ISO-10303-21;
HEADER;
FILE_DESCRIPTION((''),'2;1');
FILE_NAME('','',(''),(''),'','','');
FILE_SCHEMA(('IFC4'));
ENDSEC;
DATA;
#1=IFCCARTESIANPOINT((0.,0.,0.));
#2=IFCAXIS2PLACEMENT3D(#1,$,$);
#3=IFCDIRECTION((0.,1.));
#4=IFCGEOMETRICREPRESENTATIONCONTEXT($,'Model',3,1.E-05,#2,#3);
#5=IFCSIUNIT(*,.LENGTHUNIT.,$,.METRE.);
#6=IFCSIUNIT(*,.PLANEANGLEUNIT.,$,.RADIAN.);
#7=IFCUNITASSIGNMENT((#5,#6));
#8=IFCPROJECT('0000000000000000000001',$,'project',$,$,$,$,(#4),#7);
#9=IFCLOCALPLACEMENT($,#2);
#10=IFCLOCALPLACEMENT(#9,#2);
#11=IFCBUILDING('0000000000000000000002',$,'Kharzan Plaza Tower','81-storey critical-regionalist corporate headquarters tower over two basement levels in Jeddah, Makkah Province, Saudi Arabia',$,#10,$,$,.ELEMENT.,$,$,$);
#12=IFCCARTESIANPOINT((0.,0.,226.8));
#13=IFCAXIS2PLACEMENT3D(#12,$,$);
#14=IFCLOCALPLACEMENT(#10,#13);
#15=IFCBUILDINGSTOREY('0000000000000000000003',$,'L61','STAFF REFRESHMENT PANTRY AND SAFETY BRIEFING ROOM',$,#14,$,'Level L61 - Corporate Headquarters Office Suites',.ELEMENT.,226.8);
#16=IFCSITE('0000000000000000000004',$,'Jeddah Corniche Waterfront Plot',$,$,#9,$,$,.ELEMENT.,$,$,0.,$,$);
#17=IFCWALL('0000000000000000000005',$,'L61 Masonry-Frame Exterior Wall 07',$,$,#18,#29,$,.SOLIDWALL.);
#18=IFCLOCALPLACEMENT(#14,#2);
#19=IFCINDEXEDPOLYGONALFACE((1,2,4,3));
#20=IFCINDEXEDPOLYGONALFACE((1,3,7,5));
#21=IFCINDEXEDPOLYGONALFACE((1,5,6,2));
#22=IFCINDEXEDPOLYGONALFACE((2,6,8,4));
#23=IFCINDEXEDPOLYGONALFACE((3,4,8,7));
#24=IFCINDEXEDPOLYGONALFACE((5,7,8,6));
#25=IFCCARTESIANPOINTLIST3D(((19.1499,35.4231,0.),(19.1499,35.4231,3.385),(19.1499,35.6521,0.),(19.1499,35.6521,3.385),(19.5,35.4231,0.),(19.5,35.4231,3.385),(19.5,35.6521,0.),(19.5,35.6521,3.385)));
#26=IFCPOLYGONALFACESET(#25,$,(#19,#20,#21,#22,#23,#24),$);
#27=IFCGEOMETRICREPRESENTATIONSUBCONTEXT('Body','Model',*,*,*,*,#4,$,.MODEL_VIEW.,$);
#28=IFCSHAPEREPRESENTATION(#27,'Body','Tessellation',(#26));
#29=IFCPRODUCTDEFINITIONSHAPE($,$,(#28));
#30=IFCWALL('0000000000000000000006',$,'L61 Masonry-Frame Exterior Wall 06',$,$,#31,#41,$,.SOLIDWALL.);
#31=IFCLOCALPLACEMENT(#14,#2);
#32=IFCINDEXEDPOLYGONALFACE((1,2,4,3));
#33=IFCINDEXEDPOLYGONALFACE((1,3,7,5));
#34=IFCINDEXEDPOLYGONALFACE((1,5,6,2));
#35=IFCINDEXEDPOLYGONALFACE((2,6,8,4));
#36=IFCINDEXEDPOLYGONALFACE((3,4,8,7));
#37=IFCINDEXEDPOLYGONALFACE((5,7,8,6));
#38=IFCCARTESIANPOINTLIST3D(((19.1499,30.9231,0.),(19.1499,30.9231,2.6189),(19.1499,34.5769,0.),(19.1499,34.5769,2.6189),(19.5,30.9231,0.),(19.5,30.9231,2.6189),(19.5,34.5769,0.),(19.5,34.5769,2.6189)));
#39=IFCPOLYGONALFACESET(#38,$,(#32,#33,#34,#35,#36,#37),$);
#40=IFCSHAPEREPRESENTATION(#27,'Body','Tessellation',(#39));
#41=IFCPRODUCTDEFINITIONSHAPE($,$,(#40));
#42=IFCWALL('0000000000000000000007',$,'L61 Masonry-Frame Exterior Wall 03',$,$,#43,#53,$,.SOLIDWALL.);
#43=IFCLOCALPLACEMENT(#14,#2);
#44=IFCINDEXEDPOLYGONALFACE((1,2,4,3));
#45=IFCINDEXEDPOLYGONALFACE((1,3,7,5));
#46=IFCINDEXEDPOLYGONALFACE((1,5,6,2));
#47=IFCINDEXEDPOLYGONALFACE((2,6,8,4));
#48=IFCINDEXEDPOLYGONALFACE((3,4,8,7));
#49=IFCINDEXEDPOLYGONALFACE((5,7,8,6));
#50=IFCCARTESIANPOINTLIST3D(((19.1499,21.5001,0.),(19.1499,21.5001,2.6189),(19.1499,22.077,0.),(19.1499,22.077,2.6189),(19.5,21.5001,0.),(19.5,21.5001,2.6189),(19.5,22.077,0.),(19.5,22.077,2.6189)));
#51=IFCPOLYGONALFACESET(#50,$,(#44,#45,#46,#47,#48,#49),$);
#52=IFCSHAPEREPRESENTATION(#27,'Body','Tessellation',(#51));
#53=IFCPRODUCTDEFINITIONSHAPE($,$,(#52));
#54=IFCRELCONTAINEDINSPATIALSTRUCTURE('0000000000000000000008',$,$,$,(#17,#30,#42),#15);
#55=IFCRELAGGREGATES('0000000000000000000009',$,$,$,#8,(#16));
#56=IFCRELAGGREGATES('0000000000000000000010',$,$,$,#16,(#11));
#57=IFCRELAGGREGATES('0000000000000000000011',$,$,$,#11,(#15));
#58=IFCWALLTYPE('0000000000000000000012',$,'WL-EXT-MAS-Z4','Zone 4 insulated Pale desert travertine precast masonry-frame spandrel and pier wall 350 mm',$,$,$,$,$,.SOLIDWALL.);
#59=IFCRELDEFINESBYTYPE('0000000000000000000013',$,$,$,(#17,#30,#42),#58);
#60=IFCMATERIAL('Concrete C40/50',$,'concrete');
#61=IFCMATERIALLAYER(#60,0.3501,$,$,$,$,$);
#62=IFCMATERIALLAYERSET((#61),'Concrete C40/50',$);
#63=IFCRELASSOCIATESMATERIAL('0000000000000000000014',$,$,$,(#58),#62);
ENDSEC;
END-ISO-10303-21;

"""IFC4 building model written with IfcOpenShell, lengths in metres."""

from ifc_helpers import new_model, si_unit, direction, frame, frame_2d, origin, place, context, subcontext, project, spatial, rectangle, extrude, source, transform, mapped, material, layer, layer_set, type_object, element, save


model = new_model("IFC4")

# Units and contexts
model_context = context("Model", 3, precision=1e-05, world=origin(), true_north=direction((0.0, 1.0)))
body_context = subcontext(model_context, "Body", "Model", "MODEL_VIEW")
ifc_project = project(units=[si_unit("LENGTHUNIT", "METRE"), si_unit("PLANEANGLEUNIT", "RADIAN")], contexts=[model_context])

# Site, building, storey
site_placement = place(None, origin())
site = spatial("IfcSite", under=ifc_project, at=site_placement, Name="Jeddah Corniche Waterfront Plot", CompositionType="ELEMENT", RefElevation=0.0)
building_placement = place(site_placement, origin())
building = spatial("IfcBuilding", under=site, at=building_placement, Name="Kharzan Plaza Tower", Description="81-storey critical-regionalist corporate headquarters tower over two basement levels in Jeddah, Makkah Province, Saudi Arabia", CompositionType="ELEMENT")
storey_placement = place(building_placement, frame((0.0, 0.0, 226.8)))
storey = spatial("IfcBuildingStorey", under=building, at=storey_placement, Name="L61", Description="STAFF REFRESHMENT PANTRY AND SAFETY BRIEFING ROOM", LongName="Level L61 - Corporate Headquarters Office Suites", CompositionType="ELEMENT", Elevation=226.8)

# Shared definitions
ifc_material_1 = material(Name="Concrete C40/50", Category="concrete")
ifc_layer_1 = layer(ifc_material_1, 0.3501)
ifc_layer_set_1 = layer_set([ifc_layer_1], Name="Concrete C40/50")
wall_type_1 = type_object("IfcWallType", Name="WL-EXT-MAS-Z4", Description="Zone 4 insulated Pale desert travertine precast masonry-frame spandrel and pier wall 350 mm", PredefinedType="SOLIDWALL", material=ifc_layer_set_1)

# Walls
shared_shape_1 = source(origin(), body_context, "Body", "SweptSolid", [
    extrude(rectangle(XDim=0.229, YDim=0.3501, at=frame_2d((0.1145, 0.0))), origin(), (0.0, 0.0, 1.0), 3.385),
])
wall_1_placement = place(storey_placement, frame((19.325, 35.4231, 0.0), z_axis=(0.0, 0.0, 1.0), x_axis=(0.0, 1.0, 0.0)))
element("IfcWall", 1, at=wall_1_placement, inside=storey, type_object=wall_type_1, Name="L61 Masonry-Frame Exterior Wall 07", PredefinedType="SOLIDWALL", context=body_context, shape_type="MappedRepresentation", body=[
    mapped(shared_shape_1, transform((0.0, 0.0, 0.0), x_axis=(1.0, 0.0, 0.0), y_axis=(0.0, 1.0, 0.0), z_axis=(0.0, 0.0, 1.0))),
])
shared_shape_2 = source(origin(), body_context, "Body", "SweptSolid", [
    extrude(rectangle(XDim=3.6538, YDim=0.3501, at=frame_2d((1.8269, 0.0))), origin(), (0.0, 0.0, 1.0), 2.6189),
])
wall_2_placement = place(storey_placement, frame((19.325, 30.9231, 0.0), z_axis=(0.0, 0.0, 1.0), x_axis=(0.0, 1.0, 0.0)))
element("IfcWall", 2, at=wall_2_placement, inside=storey, type_object=wall_type_1, Name="L61 Masonry-Frame Exterior Wall 06", PredefinedType="SOLIDWALL", context=body_context, shape_type="MappedRepresentation", body=[
    mapped(shared_shape_2, transform((0.0, 0.0, 0.0), x_axis=(1.0, 0.0, 0.0), y_axis=(0.0, 1.0, 0.0), z_axis=(0.0, 0.0, 1.0))),
])
shared_shape_3 = source(origin(), body_context, "Body", "SweptSolid", [
    extrude(rectangle(XDim=0.5769, YDim=0.3501, at=frame_2d((0.2886, 0.0))), origin(), (0.0, 0.0, 1.0), 2.6189),
])
wall_3_placement = place(storey_placement, frame((19.325, 21.5, 0.0), z_axis=(0.0, 0.0, 1.0), x_axis=(0.0, 1.0, 0.0)))
element("IfcWall", 3, at=wall_3_placement, inside=storey, type_object=wall_type_1, Name="L61 Masonry-Frame Exterior Wall 03", PredefinedType="SOLIDWALL", context=body_context, shape_type="MappedRepresentation", body=[
    mapped(shared_shape_3, transform((0.0, 0.0, 0.0), x_axis=(1.0, 0.0, 0.0), y_axis=(0.0, 1.0, 0.0), z_axis=(0.0, 0.0, 1.0))),
])

save(model, "model.ifc")
